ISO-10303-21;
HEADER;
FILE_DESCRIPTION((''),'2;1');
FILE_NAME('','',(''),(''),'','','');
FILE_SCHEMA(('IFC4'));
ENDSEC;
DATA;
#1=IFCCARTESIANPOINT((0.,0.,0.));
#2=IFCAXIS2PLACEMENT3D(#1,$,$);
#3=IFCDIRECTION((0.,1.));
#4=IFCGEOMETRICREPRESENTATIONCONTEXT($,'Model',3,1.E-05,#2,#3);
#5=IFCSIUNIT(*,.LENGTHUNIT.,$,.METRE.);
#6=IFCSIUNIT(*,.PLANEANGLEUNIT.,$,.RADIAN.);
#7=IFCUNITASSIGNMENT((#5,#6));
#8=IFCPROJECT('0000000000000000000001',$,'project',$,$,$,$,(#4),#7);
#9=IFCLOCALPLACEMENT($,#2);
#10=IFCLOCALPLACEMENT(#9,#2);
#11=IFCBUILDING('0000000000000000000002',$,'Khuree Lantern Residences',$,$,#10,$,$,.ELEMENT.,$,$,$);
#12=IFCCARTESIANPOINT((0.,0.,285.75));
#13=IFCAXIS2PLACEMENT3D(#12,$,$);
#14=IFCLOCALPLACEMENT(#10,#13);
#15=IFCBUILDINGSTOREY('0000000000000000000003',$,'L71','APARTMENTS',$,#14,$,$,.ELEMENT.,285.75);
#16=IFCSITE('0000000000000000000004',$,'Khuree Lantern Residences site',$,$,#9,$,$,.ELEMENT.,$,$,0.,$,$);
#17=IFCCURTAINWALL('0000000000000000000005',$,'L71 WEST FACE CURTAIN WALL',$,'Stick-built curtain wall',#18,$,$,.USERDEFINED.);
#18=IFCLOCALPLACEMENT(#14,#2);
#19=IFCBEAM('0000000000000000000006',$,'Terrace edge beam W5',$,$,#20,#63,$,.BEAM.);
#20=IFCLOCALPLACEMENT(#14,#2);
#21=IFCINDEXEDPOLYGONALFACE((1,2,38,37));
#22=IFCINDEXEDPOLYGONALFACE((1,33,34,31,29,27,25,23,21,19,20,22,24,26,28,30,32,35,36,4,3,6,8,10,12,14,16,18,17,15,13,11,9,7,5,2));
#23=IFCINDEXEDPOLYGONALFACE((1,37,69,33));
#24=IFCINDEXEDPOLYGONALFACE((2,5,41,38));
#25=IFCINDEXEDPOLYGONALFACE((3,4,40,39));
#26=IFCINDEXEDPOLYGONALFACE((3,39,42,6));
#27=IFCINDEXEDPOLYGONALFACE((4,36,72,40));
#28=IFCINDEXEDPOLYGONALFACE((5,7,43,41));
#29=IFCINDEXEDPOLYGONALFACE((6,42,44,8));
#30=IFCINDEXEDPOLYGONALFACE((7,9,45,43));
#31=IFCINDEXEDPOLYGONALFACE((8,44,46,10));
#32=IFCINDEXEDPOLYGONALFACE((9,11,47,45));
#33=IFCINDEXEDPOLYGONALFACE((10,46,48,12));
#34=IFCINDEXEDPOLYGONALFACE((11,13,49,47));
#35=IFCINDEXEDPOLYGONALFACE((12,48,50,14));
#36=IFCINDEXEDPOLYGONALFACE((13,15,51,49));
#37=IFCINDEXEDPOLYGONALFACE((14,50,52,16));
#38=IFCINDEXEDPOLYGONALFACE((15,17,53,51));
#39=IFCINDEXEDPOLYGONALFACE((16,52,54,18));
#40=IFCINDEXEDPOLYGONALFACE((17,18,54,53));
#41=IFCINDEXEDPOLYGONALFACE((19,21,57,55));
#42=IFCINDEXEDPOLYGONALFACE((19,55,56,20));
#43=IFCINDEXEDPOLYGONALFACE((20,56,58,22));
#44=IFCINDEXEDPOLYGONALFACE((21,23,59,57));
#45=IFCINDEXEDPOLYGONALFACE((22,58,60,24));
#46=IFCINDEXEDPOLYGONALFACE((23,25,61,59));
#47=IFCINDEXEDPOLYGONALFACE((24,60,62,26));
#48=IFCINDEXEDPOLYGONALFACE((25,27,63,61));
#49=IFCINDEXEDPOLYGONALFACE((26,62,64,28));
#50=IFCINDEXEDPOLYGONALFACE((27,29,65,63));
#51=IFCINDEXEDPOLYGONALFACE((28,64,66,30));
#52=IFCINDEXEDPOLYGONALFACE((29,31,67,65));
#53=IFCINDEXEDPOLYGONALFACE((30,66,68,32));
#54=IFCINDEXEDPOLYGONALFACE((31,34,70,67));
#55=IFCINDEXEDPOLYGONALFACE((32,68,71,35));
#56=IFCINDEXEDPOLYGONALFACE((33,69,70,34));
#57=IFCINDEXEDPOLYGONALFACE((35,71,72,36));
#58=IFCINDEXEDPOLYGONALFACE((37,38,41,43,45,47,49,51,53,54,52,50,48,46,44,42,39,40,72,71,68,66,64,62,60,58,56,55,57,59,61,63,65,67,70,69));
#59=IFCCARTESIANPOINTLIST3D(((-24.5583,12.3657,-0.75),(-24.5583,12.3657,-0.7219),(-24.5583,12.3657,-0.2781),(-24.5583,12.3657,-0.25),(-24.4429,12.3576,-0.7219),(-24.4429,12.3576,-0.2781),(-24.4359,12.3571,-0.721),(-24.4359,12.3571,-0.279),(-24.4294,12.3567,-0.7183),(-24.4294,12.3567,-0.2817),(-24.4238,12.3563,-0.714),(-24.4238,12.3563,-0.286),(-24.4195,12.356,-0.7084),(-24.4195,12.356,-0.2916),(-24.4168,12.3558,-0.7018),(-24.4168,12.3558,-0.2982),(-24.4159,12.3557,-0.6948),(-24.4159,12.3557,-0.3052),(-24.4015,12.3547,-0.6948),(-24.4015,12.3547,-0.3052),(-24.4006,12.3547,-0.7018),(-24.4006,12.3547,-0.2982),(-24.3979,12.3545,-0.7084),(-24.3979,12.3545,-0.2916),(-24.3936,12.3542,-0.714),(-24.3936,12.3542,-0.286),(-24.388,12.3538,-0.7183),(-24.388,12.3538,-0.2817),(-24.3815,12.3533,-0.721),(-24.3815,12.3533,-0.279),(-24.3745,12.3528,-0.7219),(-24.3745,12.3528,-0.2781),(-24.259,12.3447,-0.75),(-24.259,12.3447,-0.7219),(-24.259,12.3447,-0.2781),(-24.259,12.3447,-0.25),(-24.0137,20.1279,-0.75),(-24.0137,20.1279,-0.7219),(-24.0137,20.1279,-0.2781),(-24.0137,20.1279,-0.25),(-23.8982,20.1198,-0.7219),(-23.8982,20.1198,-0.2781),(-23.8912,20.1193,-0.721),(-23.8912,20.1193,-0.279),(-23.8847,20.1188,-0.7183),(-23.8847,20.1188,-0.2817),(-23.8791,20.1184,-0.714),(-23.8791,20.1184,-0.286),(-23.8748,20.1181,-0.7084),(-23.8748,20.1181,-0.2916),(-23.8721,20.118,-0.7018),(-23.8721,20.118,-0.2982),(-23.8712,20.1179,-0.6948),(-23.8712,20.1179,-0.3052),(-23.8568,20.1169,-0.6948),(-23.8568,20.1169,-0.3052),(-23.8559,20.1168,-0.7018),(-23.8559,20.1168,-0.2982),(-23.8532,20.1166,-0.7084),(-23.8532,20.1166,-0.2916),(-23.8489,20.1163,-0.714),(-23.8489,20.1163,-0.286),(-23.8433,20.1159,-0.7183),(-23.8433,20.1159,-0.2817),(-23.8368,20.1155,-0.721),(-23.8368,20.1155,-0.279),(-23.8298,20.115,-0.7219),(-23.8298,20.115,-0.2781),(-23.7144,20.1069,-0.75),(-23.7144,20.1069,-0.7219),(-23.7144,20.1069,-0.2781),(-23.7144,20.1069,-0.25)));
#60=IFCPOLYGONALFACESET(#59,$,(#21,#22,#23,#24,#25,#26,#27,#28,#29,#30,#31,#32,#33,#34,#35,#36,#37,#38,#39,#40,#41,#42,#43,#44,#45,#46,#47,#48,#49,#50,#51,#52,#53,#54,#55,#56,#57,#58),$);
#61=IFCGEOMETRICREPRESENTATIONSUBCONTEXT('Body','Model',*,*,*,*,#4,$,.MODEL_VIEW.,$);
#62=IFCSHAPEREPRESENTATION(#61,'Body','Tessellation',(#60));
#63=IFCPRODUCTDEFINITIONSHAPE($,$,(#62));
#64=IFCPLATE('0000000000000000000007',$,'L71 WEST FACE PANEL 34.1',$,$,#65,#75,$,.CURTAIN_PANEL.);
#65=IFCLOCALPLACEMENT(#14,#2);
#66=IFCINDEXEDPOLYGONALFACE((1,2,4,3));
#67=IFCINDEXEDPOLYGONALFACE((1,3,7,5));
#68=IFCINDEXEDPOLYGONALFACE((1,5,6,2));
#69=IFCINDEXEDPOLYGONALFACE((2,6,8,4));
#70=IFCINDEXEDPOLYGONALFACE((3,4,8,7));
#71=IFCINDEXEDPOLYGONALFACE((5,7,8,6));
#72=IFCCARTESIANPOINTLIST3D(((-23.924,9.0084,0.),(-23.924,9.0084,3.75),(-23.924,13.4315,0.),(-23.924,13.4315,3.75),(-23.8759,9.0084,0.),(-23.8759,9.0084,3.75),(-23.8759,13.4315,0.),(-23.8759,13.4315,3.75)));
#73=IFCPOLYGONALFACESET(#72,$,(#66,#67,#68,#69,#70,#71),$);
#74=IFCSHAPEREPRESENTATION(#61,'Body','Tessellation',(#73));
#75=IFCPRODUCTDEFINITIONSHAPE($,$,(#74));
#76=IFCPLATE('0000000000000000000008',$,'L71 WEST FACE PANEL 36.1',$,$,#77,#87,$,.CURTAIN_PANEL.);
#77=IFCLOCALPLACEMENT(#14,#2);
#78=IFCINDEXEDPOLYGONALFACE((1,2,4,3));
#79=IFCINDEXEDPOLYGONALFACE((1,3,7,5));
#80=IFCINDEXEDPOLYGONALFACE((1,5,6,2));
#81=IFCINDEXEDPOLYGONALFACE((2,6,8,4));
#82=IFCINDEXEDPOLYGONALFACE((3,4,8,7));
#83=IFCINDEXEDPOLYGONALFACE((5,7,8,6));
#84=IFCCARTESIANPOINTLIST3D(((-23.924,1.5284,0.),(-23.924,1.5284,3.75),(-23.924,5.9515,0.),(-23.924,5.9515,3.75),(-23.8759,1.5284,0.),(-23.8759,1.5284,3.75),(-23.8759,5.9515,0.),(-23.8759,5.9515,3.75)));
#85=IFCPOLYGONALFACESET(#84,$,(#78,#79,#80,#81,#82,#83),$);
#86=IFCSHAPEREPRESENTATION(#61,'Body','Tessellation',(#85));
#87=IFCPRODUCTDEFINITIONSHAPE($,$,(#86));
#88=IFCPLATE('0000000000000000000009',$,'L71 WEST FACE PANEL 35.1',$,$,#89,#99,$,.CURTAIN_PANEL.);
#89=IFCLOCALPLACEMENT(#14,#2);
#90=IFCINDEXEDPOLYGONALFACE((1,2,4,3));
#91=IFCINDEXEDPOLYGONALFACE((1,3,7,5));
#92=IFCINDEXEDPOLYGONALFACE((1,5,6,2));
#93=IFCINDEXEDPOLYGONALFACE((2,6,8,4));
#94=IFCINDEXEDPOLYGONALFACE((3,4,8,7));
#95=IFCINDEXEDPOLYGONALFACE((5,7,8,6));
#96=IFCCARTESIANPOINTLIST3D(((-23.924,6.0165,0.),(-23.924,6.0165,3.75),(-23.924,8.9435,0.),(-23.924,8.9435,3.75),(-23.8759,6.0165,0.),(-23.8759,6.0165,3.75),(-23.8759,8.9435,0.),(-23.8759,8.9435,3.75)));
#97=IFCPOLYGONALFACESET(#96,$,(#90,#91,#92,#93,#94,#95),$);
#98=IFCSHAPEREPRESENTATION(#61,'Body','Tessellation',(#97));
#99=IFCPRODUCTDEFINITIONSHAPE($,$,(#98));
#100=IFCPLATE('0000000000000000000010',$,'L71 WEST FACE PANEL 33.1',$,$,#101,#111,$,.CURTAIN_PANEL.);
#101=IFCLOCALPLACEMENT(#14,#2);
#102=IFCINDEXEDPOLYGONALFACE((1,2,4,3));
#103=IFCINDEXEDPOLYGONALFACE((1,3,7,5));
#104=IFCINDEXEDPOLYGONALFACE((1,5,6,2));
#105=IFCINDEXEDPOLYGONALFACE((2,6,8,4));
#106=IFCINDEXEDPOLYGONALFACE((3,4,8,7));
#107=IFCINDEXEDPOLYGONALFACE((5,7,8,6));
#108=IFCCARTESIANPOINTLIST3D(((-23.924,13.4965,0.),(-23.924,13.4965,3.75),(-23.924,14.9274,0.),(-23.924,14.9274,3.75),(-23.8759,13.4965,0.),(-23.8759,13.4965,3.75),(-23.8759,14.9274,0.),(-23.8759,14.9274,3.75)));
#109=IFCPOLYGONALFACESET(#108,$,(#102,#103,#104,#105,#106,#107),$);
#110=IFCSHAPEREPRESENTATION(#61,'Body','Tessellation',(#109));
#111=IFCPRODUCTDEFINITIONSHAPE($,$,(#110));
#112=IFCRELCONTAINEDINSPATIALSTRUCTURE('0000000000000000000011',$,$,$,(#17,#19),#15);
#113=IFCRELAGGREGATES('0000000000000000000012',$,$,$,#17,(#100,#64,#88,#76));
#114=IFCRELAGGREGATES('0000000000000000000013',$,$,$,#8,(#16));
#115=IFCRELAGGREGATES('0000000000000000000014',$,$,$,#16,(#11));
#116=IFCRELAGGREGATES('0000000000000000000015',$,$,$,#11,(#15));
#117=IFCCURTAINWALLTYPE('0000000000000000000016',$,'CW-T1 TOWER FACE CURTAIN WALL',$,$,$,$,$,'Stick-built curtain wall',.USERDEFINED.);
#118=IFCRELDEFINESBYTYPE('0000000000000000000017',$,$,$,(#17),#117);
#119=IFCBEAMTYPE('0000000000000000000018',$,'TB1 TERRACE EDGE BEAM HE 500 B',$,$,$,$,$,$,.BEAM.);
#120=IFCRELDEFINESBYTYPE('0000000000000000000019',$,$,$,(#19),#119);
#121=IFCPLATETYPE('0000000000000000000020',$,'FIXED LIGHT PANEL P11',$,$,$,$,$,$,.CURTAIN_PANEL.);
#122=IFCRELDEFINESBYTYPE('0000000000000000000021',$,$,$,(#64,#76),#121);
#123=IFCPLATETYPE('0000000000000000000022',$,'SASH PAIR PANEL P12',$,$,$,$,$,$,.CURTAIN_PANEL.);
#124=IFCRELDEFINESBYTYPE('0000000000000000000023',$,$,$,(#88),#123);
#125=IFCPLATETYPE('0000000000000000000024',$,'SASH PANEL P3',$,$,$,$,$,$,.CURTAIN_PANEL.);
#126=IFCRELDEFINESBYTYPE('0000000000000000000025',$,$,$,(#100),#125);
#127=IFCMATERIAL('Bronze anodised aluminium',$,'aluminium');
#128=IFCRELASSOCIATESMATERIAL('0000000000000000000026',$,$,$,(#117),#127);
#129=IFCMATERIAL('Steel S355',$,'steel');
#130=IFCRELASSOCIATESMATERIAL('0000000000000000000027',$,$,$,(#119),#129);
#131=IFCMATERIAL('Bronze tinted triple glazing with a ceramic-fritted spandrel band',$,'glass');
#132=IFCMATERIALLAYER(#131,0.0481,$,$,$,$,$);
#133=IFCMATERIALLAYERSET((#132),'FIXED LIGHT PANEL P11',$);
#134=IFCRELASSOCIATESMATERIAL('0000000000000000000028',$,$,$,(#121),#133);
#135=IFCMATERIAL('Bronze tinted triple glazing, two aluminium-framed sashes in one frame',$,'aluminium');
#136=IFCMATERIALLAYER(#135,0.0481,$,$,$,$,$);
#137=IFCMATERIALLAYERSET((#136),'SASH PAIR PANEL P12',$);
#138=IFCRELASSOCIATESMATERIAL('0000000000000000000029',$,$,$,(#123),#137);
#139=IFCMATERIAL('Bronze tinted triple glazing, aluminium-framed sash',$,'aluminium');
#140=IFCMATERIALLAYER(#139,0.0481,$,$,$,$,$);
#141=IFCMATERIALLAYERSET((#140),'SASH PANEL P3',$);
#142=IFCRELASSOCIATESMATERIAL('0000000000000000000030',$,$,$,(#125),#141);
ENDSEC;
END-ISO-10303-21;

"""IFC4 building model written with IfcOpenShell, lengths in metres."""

from ifc_helpers import new_model, si_unit, direction, frame, origin, origin_2d, place, context, subcontext, project, spatial, rectangle, i_section, extrude, material, layer, layer_set, material_profile, profile_set, type_object, element, aggregate, save


model = new_model("IFC4")

# Units and contexts
model_context = context("Model", 3, precision=1e-05, world=origin(), true_north=direction((0.0, 1.0)))
body_context = subcontext(model_context, "Body", "Model", "MODEL_VIEW")
ifc_project = project(units=[si_unit("LENGTHUNIT", "METRE"), si_unit("PLANEANGLEUNIT", "RADIAN")], contexts=[model_context])

# Site, building, storey
site_placement = place(None, origin())
site = spatial("IfcSite", under=ifc_project, at=site_placement, Name="Khuree Lantern Residences site", CompositionType="ELEMENT", RefElevation=0.0)
building_placement = place(site_placement, origin())
building = spatial("IfcBuilding", under=site, at=building_placement, Name="Khuree Lantern Residences", CompositionType="ELEMENT")
storey_placement = place(building_placement, frame((0.0, 0.0, 285.75)))
storey = spatial("IfcBuildingStorey", under=building, at=storey_placement, Name="L71", Description="APARTMENTS", CompositionType="ELEMENT", Elevation=285.75)

# Shared definitions
ifc_material_1 = material(Name="Steel S355", Category="steel")

# Curtain wall
ifc_material_2 = material(Name="Bronze anodised aluminium", Category="aluminium")
curtain_wall_type = type_object("IfcCurtainWallType", Name="CW-T1 TOWER FACE CURTAIN WALL", ElementType="Stick-built curtain wall", PredefinedType="USERDEFINED", material=ifc_material_2)
curtain_wall_placement = place(storey_placement, origin())
curtain_wall = element("IfcCurtainWall", 1, at=curtain_wall_placement, inside=storey, type_object=curtain_wall_type, Name="L71 WEST FACE CURTAIN WALL", ObjectType="Stick-built curtain wall", PredefinedType="USERDEFINED")

# Beam
ifc_material_profile_1 = material_profile(ifc_material_1, i_section(OverallWidth=0.3, OverallDepth=0.5, WebThickness=0.0144, FlangeThickness=0.0281, FilletRadius=0.0271, at=origin_2d()), Name="HE 500 B")
ifc_profile_set_1 = profile_set([ifc_material_profile_1], Name="Steel S355")
beam_type_1 = type_object("IfcBeamType", Name="TB1 TERRACE EDGE BEAM HE 500 B", PredefinedType="BEAM", material=ifc_profile_set_1)
beam_1_placement = place(storey_placement, frame((-24.4087, 12.3552, -0.5), z_axis=(0.069998, 0.997547, 0.0), x_axis=(-0.997547, 0.069998, 0.0)))
element("IfcBeam", 2, at=beam_1_placement, inside=storey, type_object=beam_type_1, Name="Terrace edge beam W5", PredefinedType="BEAM", context=body_context, shape_type="SweptSolid", body=[
    extrude(i_section(OverallWidth=0.3, OverallDepth=0.5, WebThickness=0.0144, FlangeThickness=0.0281, FilletRadius=0.0271, at=origin_2d()), origin(), (0.0, 0.0, 1.0), 7.7812),
])

# Plates
ifc_material_3 = material(Name="Bronze tinted triple glazing with a ceramic-fritted spandrel band", Category="glass")
ifc_layer_1 = layer(ifc_material_3, 0.0481)
ifc_layer_set_1 = layer_set([ifc_layer_1], Name="FIXED LIGHT PANEL P11")
plate_type_1 = type_object("IfcPlateType", Name="FIXED LIGHT PANEL P11", PredefinedType="CURTAIN_PANEL", material=ifc_layer_set_1)
plate_1_placement = place(storey_placement, frame((-23.8999, 11.22, 0.0), z_axis=(0.0, 0.0, 1.0), x_axis=(0.0, -1.0, 0.0)))
plate_1 = element("IfcPlate", 3, at=plate_1_placement, type_object=plate_type_1, Name="L71 WEST FACE PANEL 34.1", PredefinedType="CURTAIN_PANEL", context=body_context, shape_type="SweptSolid", body=[
    extrude(rectangle(XDim=4.4231, YDim=0.0481, at=origin_2d()), origin(), (0.0, 0.0, 1.0), 3.75),
])
plate_2_placement = place(storey_placement, frame((-23.8999, 3.74, 0.0), z_axis=(0.0, 0.0, 1.0), x_axis=(0.0, -1.0, 0.0)))
plate_2 = element("IfcPlate", 4, at=plate_2_placement, type_object=plate_type_1, Name="L71 WEST FACE PANEL 36.1", PredefinedType="CURTAIN_PANEL", context=body_context, shape_type="SweptSolid", body=[
    extrude(rectangle(XDim=4.4231, YDim=0.0481, at=origin_2d()), origin(), (0.0, 0.0, 1.0), 3.75),
])
ifc_material_4 = material(Name="Bronze tinted triple glazing, two aluminium-framed sashes in one frame", Category="aluminium")
ifc_layer_2 = layer(ifc_material_4, 0.0481)
ifc_layer_set_2 = layer_set([ifc_layer_2], Name="SASH PAIR PANEL P12")
plate_type_2 = type_object("IfcPlateType", Name="SASH PAIR PANEL P12", PredefinedType="CURTAIN_PANEL", material=ifc_layer_set_2)
plate_3_placement = place(storey_placement, frame((-23.8999, 7.48, 0.0), z_axis=(0.0, 0.0, 1.0), x_axis=(0.0, -1.0, 0.0)))
plate_3 = element("IfcPlate", 5, at=plate_3_placement, type_object=plate_type_2, Name="L71 WEST FACE PANEL 35.1", PredefinedType="CURTAIN_PANEL", context=body_context, shape_type="SweptSolid", body=[
    extrude(rectangle(XDim=2.927, YDim=0.0481, at=origin_2d()), origin(), (0.0, 0.0, 1.0), 3.75),
])
ifc_material_5 = material(Name="Bronze tinted triple glazing, aluminium-framed sash", Category="aluminium")
ifc_layer_3 = layer(ifc_material_5, 0.0481)
ifc_layer_set_3 = layer_set([ifc_layer_3], Name="SASH PANEL P3")
plate_type_3 = type_object("IfcPlateType", Name="SASH PANEL P3", PredefinedType="CURTAIN_PANEL", material=ifc_layer_set_3)
plate_4_placement = place(storey_placement, frame((-23.8999, 14.2119, 0.0), z_axis=(0.0, 0.0, 1.0), x_axis=(0.0, -1.0, 0.0)))
plate_4 = element("IfcPlate", 6, at=plate_4_placement, type_object=plate_type_3, Name="L71 WEST FACE PANEL 33.1", PredefinedType="CURTAIN_PANEL", context=body_context, shape_type="SweptSolid", body=[
    extrude(rectangle(XDim=1.4309, YDim=0.0481, at=origin_2d()), origin(), (0.0, 0.0, 1.0), 3.75),
])
aggregate(curtain_wall, [plate_4, plate_1, plate_3, plate_2])

save(model, "model.ifc")
